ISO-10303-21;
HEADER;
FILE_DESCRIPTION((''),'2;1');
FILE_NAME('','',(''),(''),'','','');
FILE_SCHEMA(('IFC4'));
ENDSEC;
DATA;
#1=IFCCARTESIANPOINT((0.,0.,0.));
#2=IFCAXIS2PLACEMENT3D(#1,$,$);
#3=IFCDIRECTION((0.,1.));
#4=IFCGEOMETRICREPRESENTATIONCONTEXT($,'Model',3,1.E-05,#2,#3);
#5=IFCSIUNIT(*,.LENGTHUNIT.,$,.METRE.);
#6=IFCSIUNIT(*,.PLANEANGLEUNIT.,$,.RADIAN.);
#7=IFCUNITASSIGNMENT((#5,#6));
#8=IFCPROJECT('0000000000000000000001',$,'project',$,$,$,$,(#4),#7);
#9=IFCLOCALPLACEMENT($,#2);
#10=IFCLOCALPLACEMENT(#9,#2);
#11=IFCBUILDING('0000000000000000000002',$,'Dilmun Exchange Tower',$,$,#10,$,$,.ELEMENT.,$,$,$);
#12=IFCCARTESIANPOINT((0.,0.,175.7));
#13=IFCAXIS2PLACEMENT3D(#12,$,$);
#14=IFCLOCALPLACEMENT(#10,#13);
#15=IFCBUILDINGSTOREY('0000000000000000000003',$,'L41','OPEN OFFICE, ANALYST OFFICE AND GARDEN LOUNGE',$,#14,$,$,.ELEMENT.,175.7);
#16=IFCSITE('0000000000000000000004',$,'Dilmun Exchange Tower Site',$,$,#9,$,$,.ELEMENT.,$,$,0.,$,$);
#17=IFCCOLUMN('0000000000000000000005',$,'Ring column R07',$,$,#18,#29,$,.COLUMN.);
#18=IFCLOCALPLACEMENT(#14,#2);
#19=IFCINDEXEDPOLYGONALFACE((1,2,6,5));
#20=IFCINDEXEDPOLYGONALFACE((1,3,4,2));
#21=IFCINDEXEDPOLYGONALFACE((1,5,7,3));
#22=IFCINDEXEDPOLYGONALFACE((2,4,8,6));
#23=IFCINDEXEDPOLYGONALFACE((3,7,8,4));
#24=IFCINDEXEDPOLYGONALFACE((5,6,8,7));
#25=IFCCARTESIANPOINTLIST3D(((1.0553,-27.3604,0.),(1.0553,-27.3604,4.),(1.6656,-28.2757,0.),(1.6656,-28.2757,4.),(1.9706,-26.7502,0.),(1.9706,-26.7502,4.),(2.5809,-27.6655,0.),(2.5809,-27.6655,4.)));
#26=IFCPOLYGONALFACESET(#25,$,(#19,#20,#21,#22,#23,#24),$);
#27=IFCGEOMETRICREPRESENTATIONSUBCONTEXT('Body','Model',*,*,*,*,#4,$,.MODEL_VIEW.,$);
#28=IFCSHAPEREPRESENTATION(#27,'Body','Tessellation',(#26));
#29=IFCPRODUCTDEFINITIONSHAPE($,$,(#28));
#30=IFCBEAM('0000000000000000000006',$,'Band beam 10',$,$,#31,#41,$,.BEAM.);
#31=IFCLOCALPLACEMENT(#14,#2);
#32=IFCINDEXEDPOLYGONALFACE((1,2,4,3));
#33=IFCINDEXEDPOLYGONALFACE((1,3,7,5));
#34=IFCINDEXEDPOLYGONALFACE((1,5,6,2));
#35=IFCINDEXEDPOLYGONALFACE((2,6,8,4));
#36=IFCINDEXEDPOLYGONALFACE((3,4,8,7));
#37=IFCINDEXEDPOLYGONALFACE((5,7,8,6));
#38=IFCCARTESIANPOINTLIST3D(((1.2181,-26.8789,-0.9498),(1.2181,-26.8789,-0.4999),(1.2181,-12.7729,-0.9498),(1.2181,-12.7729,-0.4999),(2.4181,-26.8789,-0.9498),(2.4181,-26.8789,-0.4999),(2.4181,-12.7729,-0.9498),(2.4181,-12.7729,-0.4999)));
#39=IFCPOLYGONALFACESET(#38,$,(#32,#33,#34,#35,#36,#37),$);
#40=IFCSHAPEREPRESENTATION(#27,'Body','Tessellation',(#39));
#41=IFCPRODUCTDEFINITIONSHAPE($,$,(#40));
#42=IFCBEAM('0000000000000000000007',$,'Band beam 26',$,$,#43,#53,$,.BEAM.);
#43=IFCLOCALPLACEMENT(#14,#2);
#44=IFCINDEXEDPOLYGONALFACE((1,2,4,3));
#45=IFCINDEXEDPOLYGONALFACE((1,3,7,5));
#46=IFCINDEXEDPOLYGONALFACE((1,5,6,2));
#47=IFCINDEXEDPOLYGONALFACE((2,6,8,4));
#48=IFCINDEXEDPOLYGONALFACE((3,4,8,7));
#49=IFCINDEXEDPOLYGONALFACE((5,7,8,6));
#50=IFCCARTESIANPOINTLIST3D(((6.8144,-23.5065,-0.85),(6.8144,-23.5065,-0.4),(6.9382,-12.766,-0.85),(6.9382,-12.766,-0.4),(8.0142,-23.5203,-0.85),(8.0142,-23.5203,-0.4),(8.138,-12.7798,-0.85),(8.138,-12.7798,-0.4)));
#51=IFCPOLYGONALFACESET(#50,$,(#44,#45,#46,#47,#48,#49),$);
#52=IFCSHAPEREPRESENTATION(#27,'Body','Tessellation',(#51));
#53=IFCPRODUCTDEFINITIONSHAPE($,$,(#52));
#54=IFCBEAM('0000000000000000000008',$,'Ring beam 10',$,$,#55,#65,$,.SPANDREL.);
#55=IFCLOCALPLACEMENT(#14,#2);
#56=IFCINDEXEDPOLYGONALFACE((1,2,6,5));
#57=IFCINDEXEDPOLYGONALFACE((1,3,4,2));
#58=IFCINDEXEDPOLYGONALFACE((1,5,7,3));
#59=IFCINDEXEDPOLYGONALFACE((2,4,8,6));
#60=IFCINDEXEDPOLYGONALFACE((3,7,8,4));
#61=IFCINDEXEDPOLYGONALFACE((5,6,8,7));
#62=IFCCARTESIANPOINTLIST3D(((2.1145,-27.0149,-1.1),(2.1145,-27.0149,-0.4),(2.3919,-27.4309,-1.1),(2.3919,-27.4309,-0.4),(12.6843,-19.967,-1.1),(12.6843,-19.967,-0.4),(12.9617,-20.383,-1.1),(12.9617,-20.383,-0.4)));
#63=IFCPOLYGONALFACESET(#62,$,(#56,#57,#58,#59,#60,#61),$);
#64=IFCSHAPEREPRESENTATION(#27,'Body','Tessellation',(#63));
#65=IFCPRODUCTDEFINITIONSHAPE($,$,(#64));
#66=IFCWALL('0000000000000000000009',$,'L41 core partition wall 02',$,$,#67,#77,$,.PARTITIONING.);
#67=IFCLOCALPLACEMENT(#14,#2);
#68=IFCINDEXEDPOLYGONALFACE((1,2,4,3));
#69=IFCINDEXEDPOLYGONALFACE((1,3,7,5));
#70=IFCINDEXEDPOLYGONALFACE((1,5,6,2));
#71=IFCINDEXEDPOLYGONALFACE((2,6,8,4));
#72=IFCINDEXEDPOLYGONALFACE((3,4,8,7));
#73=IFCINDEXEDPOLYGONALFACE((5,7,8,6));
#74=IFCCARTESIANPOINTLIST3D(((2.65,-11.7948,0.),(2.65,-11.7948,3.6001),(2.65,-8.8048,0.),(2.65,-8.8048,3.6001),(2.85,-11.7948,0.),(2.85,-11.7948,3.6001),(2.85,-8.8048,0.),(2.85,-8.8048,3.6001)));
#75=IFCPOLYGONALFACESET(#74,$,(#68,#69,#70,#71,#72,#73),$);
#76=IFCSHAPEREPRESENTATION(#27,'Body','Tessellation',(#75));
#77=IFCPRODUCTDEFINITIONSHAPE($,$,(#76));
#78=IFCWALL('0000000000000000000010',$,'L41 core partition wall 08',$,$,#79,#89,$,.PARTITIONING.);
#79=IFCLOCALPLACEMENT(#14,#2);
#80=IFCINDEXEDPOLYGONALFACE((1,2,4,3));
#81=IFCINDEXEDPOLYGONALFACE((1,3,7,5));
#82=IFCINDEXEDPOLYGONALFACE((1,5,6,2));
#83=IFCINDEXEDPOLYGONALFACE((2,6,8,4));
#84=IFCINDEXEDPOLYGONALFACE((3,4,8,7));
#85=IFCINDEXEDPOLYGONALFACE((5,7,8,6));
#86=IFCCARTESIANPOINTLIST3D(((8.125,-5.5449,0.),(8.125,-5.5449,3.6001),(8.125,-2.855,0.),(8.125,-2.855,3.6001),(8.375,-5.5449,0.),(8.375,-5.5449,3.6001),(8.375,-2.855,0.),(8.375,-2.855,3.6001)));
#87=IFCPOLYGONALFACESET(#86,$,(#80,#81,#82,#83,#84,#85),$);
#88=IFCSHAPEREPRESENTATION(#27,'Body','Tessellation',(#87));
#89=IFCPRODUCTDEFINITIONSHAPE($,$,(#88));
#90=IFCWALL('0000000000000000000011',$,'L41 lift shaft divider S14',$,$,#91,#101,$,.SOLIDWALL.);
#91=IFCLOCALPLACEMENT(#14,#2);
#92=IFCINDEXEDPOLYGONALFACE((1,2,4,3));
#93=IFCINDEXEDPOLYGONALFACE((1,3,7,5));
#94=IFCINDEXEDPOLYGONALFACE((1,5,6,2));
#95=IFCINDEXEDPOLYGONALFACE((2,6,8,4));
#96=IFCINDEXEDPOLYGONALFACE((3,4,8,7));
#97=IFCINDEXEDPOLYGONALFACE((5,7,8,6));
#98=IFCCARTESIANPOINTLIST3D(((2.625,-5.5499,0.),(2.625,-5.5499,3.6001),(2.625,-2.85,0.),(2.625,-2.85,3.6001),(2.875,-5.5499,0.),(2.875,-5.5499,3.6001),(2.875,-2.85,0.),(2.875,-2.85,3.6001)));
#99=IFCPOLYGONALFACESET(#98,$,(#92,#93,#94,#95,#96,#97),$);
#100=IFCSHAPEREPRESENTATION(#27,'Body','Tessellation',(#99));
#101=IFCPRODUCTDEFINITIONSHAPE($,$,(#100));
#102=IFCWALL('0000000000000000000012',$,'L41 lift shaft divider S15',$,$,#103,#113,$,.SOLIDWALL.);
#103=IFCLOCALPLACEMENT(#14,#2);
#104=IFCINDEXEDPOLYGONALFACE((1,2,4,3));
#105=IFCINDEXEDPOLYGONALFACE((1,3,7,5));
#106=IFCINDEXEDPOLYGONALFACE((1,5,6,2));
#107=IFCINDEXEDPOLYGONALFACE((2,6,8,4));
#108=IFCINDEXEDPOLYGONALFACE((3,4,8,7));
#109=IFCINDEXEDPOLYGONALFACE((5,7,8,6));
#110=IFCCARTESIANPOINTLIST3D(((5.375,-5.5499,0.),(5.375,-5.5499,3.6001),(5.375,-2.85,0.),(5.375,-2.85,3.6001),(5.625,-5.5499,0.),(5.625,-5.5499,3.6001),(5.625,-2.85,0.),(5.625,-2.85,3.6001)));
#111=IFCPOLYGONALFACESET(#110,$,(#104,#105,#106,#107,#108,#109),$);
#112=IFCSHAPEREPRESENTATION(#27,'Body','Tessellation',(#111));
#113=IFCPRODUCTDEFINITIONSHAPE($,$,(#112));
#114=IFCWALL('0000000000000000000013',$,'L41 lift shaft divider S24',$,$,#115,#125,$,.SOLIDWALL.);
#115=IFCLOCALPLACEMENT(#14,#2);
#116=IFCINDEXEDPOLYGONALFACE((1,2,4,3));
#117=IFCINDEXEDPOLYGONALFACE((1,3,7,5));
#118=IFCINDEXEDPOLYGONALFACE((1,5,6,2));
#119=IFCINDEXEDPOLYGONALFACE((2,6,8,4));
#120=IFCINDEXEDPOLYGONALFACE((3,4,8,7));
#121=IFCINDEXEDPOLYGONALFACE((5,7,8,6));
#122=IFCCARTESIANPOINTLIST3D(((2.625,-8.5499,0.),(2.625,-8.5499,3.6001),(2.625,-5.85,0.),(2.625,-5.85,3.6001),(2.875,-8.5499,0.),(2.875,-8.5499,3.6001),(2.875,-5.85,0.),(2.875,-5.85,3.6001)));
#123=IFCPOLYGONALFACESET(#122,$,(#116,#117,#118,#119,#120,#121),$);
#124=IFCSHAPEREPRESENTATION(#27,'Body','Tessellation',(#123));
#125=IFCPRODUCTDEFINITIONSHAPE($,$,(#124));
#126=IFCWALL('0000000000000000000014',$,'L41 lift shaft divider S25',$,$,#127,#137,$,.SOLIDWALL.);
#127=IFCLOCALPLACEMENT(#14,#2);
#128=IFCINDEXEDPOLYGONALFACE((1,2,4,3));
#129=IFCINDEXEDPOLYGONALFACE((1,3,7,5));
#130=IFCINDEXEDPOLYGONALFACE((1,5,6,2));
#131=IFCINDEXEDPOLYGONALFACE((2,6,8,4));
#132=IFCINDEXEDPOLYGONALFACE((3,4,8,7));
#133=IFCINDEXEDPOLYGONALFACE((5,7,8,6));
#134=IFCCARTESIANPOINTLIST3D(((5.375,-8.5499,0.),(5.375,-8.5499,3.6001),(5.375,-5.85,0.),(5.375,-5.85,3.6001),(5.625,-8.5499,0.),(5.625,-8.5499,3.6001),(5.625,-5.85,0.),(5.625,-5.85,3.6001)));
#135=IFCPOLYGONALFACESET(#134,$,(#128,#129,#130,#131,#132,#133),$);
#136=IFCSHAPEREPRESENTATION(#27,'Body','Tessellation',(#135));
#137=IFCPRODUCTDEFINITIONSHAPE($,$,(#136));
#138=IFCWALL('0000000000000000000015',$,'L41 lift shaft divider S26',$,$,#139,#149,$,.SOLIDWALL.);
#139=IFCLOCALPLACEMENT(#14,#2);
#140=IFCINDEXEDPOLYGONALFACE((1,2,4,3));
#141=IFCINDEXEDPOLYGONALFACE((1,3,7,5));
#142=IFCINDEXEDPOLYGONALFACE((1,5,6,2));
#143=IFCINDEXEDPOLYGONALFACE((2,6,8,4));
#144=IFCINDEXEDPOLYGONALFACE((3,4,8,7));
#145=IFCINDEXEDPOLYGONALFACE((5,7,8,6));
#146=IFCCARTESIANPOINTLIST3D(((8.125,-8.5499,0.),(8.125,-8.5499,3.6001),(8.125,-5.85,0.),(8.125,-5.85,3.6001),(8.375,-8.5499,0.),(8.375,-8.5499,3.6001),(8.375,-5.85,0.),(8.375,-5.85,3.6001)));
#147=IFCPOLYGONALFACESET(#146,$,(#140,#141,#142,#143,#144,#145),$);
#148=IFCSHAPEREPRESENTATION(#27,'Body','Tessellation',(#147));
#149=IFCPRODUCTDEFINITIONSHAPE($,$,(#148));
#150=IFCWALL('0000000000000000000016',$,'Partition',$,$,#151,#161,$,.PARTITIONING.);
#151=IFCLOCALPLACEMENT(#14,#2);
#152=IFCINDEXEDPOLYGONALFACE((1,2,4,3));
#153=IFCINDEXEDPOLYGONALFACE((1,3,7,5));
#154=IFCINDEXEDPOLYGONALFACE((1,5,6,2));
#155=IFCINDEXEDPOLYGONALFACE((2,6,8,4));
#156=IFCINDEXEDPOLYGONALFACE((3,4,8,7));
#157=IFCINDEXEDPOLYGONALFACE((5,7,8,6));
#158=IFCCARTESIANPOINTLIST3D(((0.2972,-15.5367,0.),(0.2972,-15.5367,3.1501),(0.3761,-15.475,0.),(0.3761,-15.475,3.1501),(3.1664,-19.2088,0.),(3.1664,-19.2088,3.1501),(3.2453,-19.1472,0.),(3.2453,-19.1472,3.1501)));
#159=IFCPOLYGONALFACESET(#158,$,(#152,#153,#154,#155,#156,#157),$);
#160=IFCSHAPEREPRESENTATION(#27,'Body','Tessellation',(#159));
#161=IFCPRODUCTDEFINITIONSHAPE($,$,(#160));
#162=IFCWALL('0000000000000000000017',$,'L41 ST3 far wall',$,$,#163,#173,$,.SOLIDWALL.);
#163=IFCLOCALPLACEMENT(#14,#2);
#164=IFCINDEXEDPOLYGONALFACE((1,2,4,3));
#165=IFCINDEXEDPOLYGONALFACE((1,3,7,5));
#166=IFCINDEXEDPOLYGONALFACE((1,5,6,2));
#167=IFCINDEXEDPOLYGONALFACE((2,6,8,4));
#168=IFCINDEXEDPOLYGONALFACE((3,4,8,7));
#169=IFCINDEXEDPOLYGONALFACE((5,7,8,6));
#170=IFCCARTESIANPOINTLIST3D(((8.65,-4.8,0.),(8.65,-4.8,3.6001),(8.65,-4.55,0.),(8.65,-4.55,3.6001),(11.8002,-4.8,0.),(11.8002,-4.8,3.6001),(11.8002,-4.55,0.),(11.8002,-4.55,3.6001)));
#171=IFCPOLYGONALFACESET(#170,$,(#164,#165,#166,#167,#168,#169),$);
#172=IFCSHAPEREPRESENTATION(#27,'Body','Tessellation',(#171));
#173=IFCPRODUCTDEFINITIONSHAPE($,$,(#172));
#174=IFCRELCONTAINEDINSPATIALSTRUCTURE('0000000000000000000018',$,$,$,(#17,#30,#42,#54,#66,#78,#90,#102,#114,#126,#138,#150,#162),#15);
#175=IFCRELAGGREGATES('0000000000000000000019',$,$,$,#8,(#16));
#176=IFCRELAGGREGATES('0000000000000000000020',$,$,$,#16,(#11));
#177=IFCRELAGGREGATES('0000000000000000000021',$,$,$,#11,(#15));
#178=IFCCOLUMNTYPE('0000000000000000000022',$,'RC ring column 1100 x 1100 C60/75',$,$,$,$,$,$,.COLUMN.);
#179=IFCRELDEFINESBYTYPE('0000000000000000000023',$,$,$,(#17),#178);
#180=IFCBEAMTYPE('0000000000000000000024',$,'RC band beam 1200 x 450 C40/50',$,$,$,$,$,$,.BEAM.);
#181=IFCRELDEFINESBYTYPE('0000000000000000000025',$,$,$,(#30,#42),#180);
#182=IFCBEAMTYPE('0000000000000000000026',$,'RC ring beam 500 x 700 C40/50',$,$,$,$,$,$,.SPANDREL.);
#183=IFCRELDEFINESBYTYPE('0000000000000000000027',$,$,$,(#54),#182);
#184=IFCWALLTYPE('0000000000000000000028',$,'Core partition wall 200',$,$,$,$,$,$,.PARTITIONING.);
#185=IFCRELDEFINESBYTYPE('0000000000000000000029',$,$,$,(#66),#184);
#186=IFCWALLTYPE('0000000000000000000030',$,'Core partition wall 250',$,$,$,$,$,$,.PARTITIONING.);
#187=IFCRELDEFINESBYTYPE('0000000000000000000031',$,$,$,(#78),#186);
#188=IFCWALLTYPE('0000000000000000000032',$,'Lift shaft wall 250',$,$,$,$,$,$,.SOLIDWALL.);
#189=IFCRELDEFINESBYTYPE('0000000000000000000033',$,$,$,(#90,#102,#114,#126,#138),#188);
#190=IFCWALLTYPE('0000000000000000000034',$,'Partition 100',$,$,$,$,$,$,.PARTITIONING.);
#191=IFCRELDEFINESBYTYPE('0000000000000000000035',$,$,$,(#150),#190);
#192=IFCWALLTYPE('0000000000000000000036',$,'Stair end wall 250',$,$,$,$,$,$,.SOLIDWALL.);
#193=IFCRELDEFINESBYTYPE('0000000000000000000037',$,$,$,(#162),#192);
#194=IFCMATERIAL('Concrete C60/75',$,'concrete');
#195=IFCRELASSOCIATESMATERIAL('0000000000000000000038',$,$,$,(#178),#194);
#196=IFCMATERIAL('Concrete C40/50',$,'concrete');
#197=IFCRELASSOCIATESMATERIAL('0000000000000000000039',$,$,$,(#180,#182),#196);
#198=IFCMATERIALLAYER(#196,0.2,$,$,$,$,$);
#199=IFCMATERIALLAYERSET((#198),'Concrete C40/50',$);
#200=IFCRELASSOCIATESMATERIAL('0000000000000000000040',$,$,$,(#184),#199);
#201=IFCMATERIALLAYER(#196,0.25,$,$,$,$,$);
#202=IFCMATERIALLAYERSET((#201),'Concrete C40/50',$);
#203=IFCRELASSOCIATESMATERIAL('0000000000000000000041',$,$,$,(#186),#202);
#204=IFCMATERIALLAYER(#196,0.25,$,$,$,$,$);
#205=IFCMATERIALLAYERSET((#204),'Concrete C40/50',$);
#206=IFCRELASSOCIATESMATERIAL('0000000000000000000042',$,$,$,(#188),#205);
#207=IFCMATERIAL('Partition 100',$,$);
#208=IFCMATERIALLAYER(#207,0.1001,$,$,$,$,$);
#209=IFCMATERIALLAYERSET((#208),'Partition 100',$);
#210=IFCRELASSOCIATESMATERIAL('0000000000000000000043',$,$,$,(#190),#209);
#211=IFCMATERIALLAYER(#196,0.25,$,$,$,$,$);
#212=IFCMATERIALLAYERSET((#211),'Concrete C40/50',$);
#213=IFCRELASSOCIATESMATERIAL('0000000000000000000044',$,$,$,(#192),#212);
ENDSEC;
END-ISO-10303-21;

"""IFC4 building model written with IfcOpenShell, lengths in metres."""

from ifc_helpers import new_model, si_unit, direction, frame, frame_2d, origin, origin_2d, place, context, subcontext, project, spatial, rectangle, extrude, material, layer, layer_set, material_profile, profile_set, type_object, element, save


model = new_model("IFC4")

# Units and contexts
model_context = context("Model", 3, precision=1e-05, world=origin(), true_north=direction((0.0, 1.0)))
body_context = subcontext(model_context, "Body", "Model", "MODEL_VIEW")
ifc_project = project(units=[si_unit("LENGTHUNIT", "METRE"), si_unit("PLANEANGLEUNIT", "RADIAN")], contexts=[model_context])

# Site, building, storey
site_placement = place(None, origin())
site = spatial("IfcSite", under=ifc_project, at=site_placement, Name="Dilmun Exchange Tower Site", CompositionType="ELEMENT", RefElevation=0.0)
building_placement = place(site_placement, origin())
building = spatial("IfcBuilding", under=site, at=building_placement, Name="Dilmun Exchange Tower", CompositionType="ELEMENT")
storey_placement = place(building_placement, frame((0.0, 0.0, 175.7)))
storey = spatial("IfcBuildingStorey", under=building, at=storey_placement, Name="L41", Description="OPEN OFFICE, ANALYST OFFICE AND GARDEN LOUNGE", CompositionType="ELEMENT", Elevation=175.7)

# Column
ifc_material_1 = material(Name="Concrete C60/75", Category="concrete")
ifc_material_profile_1 = material_profile(ifc_material_1, rectangle(XDim=1.1001, YDim=1.1001, at=origin_2d()), Name="1100 x 1100")
ifc_profile_set_1 = profile_set([ifc_material_profile_1], Name="Concrete C60/75")
column_type = type_object("IfcColumnType", Name="RC ring column 1100 x 1100 C60/75", PredefinedType="COLUMN", material=ifc_profile_set_1)
column_placement = place(storey_placement, frame((1.8181, -27.5129, 0.0), z_axis=(0.0, 0.0, 1.0), x_axis=(0.832029, 0.554733, 0.0)))
element("IfcColumn", 1, at=column_placement, inside=storey, type_object=column_type, Name="Ring column R07", PredefinedType="COLUMN", context=body_context, shape_type="SweptSolid", body=[
    extrude(rectangle(XDim=1.1001, YDim=1.1001, at=origin_2d()), origin(), (0.0, 0.0, 1.0), 4.0),
])

# Beams
ifc_material_2 = material(Name="Concrete C40/50", Category="concrete")
ifc_material_profile_2 = material_profile(ifc_material_2, rectangle(XDim=1.2, YDim=0.45, at=origin_2d()), Name="1200 x 450")
ifc_profile_set_2 = profile_set([ifc_material_profile_2], Name="Concrete C40/50")
beam_type_1 = type_object("IfcBeamType", Name="RC band beam 1200 x 450 C40/50", PredefinedType="BEAM", material=ifc_profile_set_2)
beam_1_placement = place(storey_placement, frame((1.8181, -26.8789, -0.7249), z_axis=(0.0, 1.0, 0.0), x_axis=(-1.0, 0.0, 0.0)))
element("IfcBeam", 2, at=beam_1_placement, inside=storey, type_object=beam_type_1, Name="Band beam 10", PredefinedType="BEAM", context=body_context, shape_type="SweptSolid", body=[
    extrude(rectangle(XDim=1.2, YDim=0.45, at=origin_2d()), origin(), (0.0, 0.0, 1.0), 14.106),
])
beam_2_placement = place(storey_placement, frame((7.4143, -23.5134, -0.625), z_axis=(0.011524, 0.999934, 0.0), x_axis=(-0.999934, 0.011524, 0.0)))
element("IfcBeam", 3, at=beam_2_placement, inside=storey, type_object=beam_type_1, Name="Band beam 26", PredefinedType="BEAM", context=body_context, shape_type="SweptSolid", body=[
    extrude(rectangle(XDim=1.2, YDim=0.45, at=origin_2d()), origin(), (0.0, 0.0, 1.0), 10.7412),
])
ifc_material_profile_3 = material_profile(ifc_material_2, rectangle(XDim=0.5, YDim=0.7, at=origin_2d()), Name="500 x 700")
ifc_profile_set_3 = profile_set([ifc_material_profile_3], Name="Concrete C40/50")
beam_type_2 = type_object("IfcBeamType", Name="RC ring beam 500 x 700 C40/50", PredefinedType="SPANDREL", material=ifc_profile_set_3)
beam_3_placement = place(storey_placement, frame((2.2532, -27.2229, -0.75), z_axis=(0.832003, 0.554771, 0.0), x_axis=(-0.554771, 0.832003, 0.0)))
element("IfcBeam", 4, at=beam_3_placement, inside=storey, type_object=beam_type_2, Name="Ring beam 10", PredefinedType="SPANDREL", context=body_context, shape_type="SweptSolid", body=[
    extrude(rectangle(XDim=0.5, YDim=0.7, at=origin_2d()), origin(), (0.0, 0.0, 1.0), 12.7041),
])

# Walls
ifc_layer_1 = layer(ifc_material_2, 0.2)
ifc_layer_set_1 = layer_set([ifc_layer_1], Name="Concrete C40/50")
wall_type_1 = type_object("IfcWallType", Name="Core partition wall 200", PredefinedType="PARTITIONING", material=ifc_layer_set_1)
wall_1_placement = place(storey_placement, frame((2.75, -11.7949, 0.0), z_axis=(0.0, 0.0, 1.0), x_axis=(0.0, 1.0, 0.0)))
element("IfcWall", 5, at=wall_1_placement, inside=storey, type_object=wall_type_1, Name="L41 core partition wall 02", PredefinedType="PARTITIONING", context=body_context, shape_type="SweptSolid", body=[
    extrude(rectangle(XDim=2.99, YDim=0.2, at=frame_2d((1.4951, 0.0))), origin(), (0.0, 0.0, 1.0), 3.6001),
])
ifc_layer_2 = layer(ifc_material_2, 0.25)
ifc_layer_set_2 = layer_set([ifc_layer_2], Name="Concrete C40/50")
wall_type_2 = type_object("IfcWallType", Name="Core partition wall 250", PredefinedType="PARTITIONING", material=ifc_layer_set_2)
wall_2_placement = place(storey_placement, frame((8.25, -5.5449, 0.0), z_axis=(0.0, 0.0, 1.0), x_axis=(0.0, 1.0, 0.0)))
element("IfcWall", 6, at=wall_2_placement, inside=storey, type_object=wall_type_2, Name="L41 core partition wall 08", PredefinedType="PARTITIONING", context=body_context, shape_type="SweptSolid", body=[
    extrude(rectangle(XDim=2.6899, YDim=0.25, at=frame_2d((1.345, 0.0))), origin(), (0.0, 0.0, 1.0), 3.6001),
])
ifc_layer_3 = layer(ifc_material_2, 0.25)
ifc_layer_set_3 = layer_set([ifc_layer_3], Name="Concrete C40/50")
wall_type_3 = type_object("IfcWallType", Name="Lift shaft wall 250", PredefinedType="SOLIDWALL", material=ifc_layer_set_3)
for number, where, z_axis, x_axis, name in (
    (7, (2.75, -5.55, 0.0), (0.0, 0.0, 1.0), (0.0, 1.0, 0.0), "L41 lift shaft divider S14"),
    (8, (5.5, -5.55, 0.0), (0.0, 0.0, 1.0), (0.0, 1.0, 0.0), "L41 lift shaft divider S15"),
    (9, (2.75, -8.55, 0.0), (0.0, 0.0, 1.0), (0.0, 1.0, 0.0), "L41 lift shaft divider S24"),
    (10, (5.5, -8.55, 0.0), (0.0, 0.0, 1.0), (0.0, 1.0, 0.0), "L41 lift shaft divider S25"),
    (11, (8.25, -8.55, 0.0), (0.0, 0.0, 1.0), (0.0, 1.0, 0.0), "L41 lift shaft divider S26"),
):
    element("IfcWall", number, at=place(storey_placement, frame(where, z_axis=z_axis, x_axis=x_axis)), inside=storey, type_object=wall_type_3, Name=name, PredefinedType="SOLIDWALL", context=body_context, shape_type="SweptSolid", body=[
        extrude(rectangle(XDim=2.7, YDim=0.25, at=frame_2d((1.3501, 0.0))), origin(), (0.0, 0.0, 1.0), 3.6001),
    ])
ifc_material_3 = material(Name="Partition 100")
ifc_layer_4 = layer(ifc_material_3, 0.1001)
ifc_layer_set_4 = layer_set([ifc_layer_4], Name="Partition 100")
wall_type_4 = type_object("IfcWallType", Name="Partition 100", PredefinedType="PARTITIONING", material=ifc_layer_set_4)
wall_3_placement = place(storey_placement, frame((0.3367, -15.5059, 0.0), z_axis=(0.0, 0.0, 1.0), x_axis=(0.615684, -0.787993, 0.0)))
element("IfcWall", 12, at=wall_3_placement, inside=storey, type_object=wall_type_4, Name="Partition", PredefinedType="PARTITIONING", context=body_context, shape_type="SweptSolid", body=[
    extrude(rectangle(XDim=4.6602, YDim=0.1001, at=frame_2d((2.3301, 0.0))), origin(), (0.0, 0.0, 1.0), 3.1501),
])
ifc_layer_5 = layer(ifc_material_2, 0.25)
ifc_layer_set_5 = layer_set([ifc_layer_5], Name="Concrete C40/50")
wall_type_5 = type_object("IfcWallType", Name="Stair end wall 250", PredefinedType="SOLIDWALL", material=ifc_layer_set_5)
wall_4_placement = place(storey_placement, frame((8.6499, -4.675, 0.0), z_axis=(0.0, 0.0, 1.0), x_axis=(1.0, 0.0, 0.0)))
element("IfcWall", 13, at=wall_4_placement, inside=storey, type_object=wall_type_5, Name="L41 ST3 far wall", PredefinedType="SOLIDWALL", context=body_context, shape_type="SweptSolid", body=[
    extrude(rectangle(XDim=3.1501, YDim=0.25, at=frame_2d((1.5752, 0.0))), origin(), (0.0, 0.0, 1.0), 3.6001),
])

save(model, "model.ifc")
